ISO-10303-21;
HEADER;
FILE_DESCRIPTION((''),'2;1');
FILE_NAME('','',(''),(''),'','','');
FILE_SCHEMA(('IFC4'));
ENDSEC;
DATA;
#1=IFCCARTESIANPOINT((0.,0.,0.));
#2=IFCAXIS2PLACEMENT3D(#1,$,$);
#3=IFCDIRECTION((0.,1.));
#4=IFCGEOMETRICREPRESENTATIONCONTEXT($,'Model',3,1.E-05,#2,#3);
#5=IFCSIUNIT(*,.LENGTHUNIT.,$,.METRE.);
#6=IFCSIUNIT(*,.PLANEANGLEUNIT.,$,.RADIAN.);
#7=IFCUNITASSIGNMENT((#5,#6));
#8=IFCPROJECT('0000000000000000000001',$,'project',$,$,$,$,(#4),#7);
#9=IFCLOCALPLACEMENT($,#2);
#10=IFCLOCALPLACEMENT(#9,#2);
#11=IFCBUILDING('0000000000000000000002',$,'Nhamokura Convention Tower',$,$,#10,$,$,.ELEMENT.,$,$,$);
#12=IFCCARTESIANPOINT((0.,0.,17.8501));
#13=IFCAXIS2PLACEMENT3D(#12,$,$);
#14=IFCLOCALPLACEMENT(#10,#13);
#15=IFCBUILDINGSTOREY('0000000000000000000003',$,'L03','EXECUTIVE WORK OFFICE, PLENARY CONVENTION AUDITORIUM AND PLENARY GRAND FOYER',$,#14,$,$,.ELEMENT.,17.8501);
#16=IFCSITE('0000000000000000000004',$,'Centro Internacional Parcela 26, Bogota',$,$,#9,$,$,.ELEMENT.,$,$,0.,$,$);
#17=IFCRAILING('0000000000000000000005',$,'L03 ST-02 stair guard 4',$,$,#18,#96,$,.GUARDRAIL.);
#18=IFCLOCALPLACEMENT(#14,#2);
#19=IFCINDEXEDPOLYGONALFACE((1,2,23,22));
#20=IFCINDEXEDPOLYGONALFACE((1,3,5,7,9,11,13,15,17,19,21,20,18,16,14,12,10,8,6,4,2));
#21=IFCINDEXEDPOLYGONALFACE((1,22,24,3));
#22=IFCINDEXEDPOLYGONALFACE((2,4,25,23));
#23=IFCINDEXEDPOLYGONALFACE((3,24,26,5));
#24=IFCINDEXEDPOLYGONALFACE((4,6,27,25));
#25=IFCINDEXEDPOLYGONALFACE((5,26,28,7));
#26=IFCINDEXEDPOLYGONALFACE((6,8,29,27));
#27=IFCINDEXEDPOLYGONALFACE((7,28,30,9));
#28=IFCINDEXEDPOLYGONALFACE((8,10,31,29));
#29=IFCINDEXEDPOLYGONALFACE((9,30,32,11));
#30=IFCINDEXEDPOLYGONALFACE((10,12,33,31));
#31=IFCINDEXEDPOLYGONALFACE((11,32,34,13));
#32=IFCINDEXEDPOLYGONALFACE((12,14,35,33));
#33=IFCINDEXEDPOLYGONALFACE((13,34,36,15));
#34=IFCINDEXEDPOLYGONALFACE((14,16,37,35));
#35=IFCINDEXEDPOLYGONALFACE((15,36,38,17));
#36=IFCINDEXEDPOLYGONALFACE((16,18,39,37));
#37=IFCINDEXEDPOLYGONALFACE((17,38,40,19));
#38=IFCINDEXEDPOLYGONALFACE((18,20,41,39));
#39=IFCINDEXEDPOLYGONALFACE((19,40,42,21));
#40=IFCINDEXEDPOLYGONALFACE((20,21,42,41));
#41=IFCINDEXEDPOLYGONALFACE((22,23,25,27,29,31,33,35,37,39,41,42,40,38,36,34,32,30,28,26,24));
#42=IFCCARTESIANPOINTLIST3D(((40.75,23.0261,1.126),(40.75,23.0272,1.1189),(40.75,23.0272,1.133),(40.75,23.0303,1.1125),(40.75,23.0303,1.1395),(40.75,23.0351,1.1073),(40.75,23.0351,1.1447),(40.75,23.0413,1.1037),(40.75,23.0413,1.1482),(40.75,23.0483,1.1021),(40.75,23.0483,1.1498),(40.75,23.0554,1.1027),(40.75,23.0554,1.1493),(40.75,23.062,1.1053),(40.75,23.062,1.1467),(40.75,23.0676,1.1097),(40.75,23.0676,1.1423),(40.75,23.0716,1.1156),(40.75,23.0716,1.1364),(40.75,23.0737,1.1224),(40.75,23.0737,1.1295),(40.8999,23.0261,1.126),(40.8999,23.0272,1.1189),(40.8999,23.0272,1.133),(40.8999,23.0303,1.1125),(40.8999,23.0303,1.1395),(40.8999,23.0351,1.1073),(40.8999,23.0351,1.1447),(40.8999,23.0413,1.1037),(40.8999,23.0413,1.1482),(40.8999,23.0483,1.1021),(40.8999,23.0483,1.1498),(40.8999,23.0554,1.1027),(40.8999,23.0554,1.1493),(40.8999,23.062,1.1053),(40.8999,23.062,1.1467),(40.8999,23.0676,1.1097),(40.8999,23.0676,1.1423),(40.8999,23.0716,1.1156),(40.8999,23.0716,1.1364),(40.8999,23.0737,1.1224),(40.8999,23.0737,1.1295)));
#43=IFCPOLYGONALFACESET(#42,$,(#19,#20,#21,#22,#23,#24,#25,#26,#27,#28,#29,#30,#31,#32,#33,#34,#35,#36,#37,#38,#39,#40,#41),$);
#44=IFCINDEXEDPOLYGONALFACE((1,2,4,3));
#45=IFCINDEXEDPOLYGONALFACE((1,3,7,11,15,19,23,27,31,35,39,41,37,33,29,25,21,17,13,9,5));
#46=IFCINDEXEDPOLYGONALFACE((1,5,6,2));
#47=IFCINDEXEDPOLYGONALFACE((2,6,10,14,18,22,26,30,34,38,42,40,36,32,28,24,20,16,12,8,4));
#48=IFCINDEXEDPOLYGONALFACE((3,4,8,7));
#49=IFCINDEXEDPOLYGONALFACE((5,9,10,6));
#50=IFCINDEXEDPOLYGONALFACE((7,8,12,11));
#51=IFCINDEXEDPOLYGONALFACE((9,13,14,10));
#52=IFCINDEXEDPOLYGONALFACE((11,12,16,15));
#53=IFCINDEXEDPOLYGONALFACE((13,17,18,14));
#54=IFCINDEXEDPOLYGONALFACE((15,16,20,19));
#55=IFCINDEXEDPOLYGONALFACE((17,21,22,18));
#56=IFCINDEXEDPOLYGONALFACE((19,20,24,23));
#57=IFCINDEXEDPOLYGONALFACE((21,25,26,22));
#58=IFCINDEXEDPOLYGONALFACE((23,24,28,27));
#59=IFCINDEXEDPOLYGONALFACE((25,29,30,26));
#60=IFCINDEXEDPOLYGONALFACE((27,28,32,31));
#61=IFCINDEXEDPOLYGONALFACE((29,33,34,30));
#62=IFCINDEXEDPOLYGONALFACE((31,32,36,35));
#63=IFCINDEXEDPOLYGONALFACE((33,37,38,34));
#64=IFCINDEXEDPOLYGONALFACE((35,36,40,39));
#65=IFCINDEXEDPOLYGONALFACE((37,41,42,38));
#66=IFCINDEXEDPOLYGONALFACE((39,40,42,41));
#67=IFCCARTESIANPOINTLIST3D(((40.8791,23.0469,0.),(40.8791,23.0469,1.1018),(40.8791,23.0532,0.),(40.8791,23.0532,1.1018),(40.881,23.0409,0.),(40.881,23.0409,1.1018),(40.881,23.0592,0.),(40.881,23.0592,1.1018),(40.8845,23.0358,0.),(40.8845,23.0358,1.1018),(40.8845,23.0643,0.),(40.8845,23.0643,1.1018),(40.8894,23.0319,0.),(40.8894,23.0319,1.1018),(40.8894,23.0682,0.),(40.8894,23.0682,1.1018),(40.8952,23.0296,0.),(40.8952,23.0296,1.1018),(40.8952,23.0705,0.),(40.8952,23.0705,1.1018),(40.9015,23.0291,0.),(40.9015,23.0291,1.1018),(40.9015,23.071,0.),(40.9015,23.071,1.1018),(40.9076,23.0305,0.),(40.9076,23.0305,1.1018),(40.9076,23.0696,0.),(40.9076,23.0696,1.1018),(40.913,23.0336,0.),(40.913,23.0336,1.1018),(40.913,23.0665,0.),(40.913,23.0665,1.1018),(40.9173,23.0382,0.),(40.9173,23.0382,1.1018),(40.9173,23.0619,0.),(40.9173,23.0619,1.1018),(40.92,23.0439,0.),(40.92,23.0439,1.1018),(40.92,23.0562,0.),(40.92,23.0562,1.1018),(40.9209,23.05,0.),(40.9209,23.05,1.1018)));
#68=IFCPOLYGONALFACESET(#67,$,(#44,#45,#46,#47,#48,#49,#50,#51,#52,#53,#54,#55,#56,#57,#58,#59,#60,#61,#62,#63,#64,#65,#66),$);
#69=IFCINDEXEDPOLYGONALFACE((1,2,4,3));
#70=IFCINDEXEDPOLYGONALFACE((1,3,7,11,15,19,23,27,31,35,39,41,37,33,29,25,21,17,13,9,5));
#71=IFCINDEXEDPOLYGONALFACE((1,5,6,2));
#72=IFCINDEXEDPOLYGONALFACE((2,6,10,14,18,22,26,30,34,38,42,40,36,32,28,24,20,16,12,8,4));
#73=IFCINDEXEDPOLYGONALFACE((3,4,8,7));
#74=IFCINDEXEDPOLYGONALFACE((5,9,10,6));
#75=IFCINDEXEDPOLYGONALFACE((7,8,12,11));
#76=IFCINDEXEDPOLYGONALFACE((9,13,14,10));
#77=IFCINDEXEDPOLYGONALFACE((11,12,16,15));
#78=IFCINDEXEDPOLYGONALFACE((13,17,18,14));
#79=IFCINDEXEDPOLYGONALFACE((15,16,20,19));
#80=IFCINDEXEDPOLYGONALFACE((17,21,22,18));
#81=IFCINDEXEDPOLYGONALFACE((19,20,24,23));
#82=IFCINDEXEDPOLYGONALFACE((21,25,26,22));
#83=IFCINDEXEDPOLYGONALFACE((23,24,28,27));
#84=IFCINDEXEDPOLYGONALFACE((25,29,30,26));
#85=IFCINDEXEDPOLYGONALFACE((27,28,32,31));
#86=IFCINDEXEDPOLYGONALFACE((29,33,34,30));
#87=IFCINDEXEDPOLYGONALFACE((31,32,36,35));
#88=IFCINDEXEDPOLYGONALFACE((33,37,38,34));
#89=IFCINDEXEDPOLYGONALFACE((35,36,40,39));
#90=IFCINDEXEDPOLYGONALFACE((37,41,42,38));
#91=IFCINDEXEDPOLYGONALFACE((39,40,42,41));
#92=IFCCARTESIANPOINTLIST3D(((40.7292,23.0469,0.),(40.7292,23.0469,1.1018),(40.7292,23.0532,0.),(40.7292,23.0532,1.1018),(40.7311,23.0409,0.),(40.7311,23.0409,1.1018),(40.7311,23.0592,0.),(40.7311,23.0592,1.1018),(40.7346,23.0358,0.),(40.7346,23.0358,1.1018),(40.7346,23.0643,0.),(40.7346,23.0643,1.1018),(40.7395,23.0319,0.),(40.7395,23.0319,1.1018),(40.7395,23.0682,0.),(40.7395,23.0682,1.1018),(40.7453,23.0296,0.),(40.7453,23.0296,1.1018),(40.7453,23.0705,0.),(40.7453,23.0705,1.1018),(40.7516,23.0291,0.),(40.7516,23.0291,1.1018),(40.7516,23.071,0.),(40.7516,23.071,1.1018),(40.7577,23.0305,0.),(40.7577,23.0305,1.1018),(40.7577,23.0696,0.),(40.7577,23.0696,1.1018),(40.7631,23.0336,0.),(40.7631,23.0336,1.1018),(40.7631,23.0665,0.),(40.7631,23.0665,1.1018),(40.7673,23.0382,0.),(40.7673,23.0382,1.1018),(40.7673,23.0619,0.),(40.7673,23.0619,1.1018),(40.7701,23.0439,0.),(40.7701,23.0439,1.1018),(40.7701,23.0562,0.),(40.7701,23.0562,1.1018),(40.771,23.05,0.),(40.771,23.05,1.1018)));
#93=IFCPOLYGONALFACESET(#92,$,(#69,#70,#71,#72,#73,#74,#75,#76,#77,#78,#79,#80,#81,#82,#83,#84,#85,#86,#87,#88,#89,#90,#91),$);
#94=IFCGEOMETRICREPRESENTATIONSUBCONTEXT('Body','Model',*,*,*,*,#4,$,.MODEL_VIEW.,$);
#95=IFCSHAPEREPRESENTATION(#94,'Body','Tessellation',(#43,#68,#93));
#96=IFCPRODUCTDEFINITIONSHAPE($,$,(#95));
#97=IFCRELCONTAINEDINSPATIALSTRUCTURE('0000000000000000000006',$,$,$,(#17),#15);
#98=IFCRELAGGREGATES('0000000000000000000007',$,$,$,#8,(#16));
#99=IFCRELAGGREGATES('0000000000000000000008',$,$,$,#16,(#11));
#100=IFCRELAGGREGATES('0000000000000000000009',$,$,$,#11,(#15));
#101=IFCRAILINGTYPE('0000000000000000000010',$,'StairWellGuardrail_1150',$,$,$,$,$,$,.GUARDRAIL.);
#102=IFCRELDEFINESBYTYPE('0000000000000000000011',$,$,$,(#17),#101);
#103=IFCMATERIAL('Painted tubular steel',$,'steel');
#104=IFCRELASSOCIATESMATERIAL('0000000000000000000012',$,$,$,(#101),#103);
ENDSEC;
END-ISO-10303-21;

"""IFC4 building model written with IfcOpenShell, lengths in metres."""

from ifc_helpers import new_model, si_unit, direction, frame, origin, origin_2d, place, context, subcontext, project, spatial, circle, extrude, material, type_object, element, save


model = new_model("IFC4")

# Units and contexts
model_context = context("Model", 3, precision=1e-05, world=origin(), true_north=direction((0.0, 1.0)))
body_context = subcontext(model_context, "Body", "Model", "MODEL_VIEW")
ifc_project = project(units=[si_unit("LENGTHUNIT", "METRE"), si_unit("PLANEANGLEUNIT", "RADIAN")], contexts=[model_context])

# Site, building, storey
site_placement = place(None, origin())
site = spatial("IfcSite", under=ifc_project, at=site_placement, Name="Centro Internacional Parcela 26, Bogota", CompositionType="ELEMENT", RefElevation=0.0)
building_placement = place(site_placement, origin())
building = spatial("IfcBuilding", under=site, at=building_placement, Name="Nhamokura Convention Tower", CompositionType="ELEMENT")
storey_placement = place(building_placement, frame((0.0, 0.0, 17.8501)))
storey = spatial("IfcBuildingStorey", under=building, at=storey_placement, Name="L03", Description="EXECUTIVE WORK OFFICE, PLENARY CONVENTION AUDITORIUM AND PLENARY GRAND FOYER", CompositionType="ELEMENT", Elevation=17.8501)

# Railing
ifc_material_1 = material(Name="Painted tubular steel", Category="steel")
railing_type_1 = type_object("IfcRailingType", Name="StairWellGuardrail_1150", PredefinedType="GUARDRAIL", material=ifc_material_1)
railing_1_placement = place(storey_placement, frame((40.8999, 23.05, 0.0)))
element("IfcRailing", 1, at=railing_1_placement, inside=storey, type_object=railing_type_1, Name="L03 ST-02 stair guard 4", PredefinedType="GUARDRAIL", context=body_context, shape_type="SweptSolid", body=[
    extrude(circle(Radius=0.0239, at=origin_2d()), frame((0.0, 0.0, 1.126), z_axis=(-1.0, 0.0, 0.0), x_axis=(0.0, -1.0, 0.0)), (0.0, 0.0, 1.0), 0.1499),
    extrude(circle(Radius=0.021, at=origin_2d()), origin(), (0.0, 0.0, 1.0), 1.1018),
    extrude(circle(Radius=0.021, at=origin_2d()), frame((-0.1499, 0.0, 0.0)), (0.0, 0.0, 1.0), 1.1018),
])

save(model, "model.ifc")
